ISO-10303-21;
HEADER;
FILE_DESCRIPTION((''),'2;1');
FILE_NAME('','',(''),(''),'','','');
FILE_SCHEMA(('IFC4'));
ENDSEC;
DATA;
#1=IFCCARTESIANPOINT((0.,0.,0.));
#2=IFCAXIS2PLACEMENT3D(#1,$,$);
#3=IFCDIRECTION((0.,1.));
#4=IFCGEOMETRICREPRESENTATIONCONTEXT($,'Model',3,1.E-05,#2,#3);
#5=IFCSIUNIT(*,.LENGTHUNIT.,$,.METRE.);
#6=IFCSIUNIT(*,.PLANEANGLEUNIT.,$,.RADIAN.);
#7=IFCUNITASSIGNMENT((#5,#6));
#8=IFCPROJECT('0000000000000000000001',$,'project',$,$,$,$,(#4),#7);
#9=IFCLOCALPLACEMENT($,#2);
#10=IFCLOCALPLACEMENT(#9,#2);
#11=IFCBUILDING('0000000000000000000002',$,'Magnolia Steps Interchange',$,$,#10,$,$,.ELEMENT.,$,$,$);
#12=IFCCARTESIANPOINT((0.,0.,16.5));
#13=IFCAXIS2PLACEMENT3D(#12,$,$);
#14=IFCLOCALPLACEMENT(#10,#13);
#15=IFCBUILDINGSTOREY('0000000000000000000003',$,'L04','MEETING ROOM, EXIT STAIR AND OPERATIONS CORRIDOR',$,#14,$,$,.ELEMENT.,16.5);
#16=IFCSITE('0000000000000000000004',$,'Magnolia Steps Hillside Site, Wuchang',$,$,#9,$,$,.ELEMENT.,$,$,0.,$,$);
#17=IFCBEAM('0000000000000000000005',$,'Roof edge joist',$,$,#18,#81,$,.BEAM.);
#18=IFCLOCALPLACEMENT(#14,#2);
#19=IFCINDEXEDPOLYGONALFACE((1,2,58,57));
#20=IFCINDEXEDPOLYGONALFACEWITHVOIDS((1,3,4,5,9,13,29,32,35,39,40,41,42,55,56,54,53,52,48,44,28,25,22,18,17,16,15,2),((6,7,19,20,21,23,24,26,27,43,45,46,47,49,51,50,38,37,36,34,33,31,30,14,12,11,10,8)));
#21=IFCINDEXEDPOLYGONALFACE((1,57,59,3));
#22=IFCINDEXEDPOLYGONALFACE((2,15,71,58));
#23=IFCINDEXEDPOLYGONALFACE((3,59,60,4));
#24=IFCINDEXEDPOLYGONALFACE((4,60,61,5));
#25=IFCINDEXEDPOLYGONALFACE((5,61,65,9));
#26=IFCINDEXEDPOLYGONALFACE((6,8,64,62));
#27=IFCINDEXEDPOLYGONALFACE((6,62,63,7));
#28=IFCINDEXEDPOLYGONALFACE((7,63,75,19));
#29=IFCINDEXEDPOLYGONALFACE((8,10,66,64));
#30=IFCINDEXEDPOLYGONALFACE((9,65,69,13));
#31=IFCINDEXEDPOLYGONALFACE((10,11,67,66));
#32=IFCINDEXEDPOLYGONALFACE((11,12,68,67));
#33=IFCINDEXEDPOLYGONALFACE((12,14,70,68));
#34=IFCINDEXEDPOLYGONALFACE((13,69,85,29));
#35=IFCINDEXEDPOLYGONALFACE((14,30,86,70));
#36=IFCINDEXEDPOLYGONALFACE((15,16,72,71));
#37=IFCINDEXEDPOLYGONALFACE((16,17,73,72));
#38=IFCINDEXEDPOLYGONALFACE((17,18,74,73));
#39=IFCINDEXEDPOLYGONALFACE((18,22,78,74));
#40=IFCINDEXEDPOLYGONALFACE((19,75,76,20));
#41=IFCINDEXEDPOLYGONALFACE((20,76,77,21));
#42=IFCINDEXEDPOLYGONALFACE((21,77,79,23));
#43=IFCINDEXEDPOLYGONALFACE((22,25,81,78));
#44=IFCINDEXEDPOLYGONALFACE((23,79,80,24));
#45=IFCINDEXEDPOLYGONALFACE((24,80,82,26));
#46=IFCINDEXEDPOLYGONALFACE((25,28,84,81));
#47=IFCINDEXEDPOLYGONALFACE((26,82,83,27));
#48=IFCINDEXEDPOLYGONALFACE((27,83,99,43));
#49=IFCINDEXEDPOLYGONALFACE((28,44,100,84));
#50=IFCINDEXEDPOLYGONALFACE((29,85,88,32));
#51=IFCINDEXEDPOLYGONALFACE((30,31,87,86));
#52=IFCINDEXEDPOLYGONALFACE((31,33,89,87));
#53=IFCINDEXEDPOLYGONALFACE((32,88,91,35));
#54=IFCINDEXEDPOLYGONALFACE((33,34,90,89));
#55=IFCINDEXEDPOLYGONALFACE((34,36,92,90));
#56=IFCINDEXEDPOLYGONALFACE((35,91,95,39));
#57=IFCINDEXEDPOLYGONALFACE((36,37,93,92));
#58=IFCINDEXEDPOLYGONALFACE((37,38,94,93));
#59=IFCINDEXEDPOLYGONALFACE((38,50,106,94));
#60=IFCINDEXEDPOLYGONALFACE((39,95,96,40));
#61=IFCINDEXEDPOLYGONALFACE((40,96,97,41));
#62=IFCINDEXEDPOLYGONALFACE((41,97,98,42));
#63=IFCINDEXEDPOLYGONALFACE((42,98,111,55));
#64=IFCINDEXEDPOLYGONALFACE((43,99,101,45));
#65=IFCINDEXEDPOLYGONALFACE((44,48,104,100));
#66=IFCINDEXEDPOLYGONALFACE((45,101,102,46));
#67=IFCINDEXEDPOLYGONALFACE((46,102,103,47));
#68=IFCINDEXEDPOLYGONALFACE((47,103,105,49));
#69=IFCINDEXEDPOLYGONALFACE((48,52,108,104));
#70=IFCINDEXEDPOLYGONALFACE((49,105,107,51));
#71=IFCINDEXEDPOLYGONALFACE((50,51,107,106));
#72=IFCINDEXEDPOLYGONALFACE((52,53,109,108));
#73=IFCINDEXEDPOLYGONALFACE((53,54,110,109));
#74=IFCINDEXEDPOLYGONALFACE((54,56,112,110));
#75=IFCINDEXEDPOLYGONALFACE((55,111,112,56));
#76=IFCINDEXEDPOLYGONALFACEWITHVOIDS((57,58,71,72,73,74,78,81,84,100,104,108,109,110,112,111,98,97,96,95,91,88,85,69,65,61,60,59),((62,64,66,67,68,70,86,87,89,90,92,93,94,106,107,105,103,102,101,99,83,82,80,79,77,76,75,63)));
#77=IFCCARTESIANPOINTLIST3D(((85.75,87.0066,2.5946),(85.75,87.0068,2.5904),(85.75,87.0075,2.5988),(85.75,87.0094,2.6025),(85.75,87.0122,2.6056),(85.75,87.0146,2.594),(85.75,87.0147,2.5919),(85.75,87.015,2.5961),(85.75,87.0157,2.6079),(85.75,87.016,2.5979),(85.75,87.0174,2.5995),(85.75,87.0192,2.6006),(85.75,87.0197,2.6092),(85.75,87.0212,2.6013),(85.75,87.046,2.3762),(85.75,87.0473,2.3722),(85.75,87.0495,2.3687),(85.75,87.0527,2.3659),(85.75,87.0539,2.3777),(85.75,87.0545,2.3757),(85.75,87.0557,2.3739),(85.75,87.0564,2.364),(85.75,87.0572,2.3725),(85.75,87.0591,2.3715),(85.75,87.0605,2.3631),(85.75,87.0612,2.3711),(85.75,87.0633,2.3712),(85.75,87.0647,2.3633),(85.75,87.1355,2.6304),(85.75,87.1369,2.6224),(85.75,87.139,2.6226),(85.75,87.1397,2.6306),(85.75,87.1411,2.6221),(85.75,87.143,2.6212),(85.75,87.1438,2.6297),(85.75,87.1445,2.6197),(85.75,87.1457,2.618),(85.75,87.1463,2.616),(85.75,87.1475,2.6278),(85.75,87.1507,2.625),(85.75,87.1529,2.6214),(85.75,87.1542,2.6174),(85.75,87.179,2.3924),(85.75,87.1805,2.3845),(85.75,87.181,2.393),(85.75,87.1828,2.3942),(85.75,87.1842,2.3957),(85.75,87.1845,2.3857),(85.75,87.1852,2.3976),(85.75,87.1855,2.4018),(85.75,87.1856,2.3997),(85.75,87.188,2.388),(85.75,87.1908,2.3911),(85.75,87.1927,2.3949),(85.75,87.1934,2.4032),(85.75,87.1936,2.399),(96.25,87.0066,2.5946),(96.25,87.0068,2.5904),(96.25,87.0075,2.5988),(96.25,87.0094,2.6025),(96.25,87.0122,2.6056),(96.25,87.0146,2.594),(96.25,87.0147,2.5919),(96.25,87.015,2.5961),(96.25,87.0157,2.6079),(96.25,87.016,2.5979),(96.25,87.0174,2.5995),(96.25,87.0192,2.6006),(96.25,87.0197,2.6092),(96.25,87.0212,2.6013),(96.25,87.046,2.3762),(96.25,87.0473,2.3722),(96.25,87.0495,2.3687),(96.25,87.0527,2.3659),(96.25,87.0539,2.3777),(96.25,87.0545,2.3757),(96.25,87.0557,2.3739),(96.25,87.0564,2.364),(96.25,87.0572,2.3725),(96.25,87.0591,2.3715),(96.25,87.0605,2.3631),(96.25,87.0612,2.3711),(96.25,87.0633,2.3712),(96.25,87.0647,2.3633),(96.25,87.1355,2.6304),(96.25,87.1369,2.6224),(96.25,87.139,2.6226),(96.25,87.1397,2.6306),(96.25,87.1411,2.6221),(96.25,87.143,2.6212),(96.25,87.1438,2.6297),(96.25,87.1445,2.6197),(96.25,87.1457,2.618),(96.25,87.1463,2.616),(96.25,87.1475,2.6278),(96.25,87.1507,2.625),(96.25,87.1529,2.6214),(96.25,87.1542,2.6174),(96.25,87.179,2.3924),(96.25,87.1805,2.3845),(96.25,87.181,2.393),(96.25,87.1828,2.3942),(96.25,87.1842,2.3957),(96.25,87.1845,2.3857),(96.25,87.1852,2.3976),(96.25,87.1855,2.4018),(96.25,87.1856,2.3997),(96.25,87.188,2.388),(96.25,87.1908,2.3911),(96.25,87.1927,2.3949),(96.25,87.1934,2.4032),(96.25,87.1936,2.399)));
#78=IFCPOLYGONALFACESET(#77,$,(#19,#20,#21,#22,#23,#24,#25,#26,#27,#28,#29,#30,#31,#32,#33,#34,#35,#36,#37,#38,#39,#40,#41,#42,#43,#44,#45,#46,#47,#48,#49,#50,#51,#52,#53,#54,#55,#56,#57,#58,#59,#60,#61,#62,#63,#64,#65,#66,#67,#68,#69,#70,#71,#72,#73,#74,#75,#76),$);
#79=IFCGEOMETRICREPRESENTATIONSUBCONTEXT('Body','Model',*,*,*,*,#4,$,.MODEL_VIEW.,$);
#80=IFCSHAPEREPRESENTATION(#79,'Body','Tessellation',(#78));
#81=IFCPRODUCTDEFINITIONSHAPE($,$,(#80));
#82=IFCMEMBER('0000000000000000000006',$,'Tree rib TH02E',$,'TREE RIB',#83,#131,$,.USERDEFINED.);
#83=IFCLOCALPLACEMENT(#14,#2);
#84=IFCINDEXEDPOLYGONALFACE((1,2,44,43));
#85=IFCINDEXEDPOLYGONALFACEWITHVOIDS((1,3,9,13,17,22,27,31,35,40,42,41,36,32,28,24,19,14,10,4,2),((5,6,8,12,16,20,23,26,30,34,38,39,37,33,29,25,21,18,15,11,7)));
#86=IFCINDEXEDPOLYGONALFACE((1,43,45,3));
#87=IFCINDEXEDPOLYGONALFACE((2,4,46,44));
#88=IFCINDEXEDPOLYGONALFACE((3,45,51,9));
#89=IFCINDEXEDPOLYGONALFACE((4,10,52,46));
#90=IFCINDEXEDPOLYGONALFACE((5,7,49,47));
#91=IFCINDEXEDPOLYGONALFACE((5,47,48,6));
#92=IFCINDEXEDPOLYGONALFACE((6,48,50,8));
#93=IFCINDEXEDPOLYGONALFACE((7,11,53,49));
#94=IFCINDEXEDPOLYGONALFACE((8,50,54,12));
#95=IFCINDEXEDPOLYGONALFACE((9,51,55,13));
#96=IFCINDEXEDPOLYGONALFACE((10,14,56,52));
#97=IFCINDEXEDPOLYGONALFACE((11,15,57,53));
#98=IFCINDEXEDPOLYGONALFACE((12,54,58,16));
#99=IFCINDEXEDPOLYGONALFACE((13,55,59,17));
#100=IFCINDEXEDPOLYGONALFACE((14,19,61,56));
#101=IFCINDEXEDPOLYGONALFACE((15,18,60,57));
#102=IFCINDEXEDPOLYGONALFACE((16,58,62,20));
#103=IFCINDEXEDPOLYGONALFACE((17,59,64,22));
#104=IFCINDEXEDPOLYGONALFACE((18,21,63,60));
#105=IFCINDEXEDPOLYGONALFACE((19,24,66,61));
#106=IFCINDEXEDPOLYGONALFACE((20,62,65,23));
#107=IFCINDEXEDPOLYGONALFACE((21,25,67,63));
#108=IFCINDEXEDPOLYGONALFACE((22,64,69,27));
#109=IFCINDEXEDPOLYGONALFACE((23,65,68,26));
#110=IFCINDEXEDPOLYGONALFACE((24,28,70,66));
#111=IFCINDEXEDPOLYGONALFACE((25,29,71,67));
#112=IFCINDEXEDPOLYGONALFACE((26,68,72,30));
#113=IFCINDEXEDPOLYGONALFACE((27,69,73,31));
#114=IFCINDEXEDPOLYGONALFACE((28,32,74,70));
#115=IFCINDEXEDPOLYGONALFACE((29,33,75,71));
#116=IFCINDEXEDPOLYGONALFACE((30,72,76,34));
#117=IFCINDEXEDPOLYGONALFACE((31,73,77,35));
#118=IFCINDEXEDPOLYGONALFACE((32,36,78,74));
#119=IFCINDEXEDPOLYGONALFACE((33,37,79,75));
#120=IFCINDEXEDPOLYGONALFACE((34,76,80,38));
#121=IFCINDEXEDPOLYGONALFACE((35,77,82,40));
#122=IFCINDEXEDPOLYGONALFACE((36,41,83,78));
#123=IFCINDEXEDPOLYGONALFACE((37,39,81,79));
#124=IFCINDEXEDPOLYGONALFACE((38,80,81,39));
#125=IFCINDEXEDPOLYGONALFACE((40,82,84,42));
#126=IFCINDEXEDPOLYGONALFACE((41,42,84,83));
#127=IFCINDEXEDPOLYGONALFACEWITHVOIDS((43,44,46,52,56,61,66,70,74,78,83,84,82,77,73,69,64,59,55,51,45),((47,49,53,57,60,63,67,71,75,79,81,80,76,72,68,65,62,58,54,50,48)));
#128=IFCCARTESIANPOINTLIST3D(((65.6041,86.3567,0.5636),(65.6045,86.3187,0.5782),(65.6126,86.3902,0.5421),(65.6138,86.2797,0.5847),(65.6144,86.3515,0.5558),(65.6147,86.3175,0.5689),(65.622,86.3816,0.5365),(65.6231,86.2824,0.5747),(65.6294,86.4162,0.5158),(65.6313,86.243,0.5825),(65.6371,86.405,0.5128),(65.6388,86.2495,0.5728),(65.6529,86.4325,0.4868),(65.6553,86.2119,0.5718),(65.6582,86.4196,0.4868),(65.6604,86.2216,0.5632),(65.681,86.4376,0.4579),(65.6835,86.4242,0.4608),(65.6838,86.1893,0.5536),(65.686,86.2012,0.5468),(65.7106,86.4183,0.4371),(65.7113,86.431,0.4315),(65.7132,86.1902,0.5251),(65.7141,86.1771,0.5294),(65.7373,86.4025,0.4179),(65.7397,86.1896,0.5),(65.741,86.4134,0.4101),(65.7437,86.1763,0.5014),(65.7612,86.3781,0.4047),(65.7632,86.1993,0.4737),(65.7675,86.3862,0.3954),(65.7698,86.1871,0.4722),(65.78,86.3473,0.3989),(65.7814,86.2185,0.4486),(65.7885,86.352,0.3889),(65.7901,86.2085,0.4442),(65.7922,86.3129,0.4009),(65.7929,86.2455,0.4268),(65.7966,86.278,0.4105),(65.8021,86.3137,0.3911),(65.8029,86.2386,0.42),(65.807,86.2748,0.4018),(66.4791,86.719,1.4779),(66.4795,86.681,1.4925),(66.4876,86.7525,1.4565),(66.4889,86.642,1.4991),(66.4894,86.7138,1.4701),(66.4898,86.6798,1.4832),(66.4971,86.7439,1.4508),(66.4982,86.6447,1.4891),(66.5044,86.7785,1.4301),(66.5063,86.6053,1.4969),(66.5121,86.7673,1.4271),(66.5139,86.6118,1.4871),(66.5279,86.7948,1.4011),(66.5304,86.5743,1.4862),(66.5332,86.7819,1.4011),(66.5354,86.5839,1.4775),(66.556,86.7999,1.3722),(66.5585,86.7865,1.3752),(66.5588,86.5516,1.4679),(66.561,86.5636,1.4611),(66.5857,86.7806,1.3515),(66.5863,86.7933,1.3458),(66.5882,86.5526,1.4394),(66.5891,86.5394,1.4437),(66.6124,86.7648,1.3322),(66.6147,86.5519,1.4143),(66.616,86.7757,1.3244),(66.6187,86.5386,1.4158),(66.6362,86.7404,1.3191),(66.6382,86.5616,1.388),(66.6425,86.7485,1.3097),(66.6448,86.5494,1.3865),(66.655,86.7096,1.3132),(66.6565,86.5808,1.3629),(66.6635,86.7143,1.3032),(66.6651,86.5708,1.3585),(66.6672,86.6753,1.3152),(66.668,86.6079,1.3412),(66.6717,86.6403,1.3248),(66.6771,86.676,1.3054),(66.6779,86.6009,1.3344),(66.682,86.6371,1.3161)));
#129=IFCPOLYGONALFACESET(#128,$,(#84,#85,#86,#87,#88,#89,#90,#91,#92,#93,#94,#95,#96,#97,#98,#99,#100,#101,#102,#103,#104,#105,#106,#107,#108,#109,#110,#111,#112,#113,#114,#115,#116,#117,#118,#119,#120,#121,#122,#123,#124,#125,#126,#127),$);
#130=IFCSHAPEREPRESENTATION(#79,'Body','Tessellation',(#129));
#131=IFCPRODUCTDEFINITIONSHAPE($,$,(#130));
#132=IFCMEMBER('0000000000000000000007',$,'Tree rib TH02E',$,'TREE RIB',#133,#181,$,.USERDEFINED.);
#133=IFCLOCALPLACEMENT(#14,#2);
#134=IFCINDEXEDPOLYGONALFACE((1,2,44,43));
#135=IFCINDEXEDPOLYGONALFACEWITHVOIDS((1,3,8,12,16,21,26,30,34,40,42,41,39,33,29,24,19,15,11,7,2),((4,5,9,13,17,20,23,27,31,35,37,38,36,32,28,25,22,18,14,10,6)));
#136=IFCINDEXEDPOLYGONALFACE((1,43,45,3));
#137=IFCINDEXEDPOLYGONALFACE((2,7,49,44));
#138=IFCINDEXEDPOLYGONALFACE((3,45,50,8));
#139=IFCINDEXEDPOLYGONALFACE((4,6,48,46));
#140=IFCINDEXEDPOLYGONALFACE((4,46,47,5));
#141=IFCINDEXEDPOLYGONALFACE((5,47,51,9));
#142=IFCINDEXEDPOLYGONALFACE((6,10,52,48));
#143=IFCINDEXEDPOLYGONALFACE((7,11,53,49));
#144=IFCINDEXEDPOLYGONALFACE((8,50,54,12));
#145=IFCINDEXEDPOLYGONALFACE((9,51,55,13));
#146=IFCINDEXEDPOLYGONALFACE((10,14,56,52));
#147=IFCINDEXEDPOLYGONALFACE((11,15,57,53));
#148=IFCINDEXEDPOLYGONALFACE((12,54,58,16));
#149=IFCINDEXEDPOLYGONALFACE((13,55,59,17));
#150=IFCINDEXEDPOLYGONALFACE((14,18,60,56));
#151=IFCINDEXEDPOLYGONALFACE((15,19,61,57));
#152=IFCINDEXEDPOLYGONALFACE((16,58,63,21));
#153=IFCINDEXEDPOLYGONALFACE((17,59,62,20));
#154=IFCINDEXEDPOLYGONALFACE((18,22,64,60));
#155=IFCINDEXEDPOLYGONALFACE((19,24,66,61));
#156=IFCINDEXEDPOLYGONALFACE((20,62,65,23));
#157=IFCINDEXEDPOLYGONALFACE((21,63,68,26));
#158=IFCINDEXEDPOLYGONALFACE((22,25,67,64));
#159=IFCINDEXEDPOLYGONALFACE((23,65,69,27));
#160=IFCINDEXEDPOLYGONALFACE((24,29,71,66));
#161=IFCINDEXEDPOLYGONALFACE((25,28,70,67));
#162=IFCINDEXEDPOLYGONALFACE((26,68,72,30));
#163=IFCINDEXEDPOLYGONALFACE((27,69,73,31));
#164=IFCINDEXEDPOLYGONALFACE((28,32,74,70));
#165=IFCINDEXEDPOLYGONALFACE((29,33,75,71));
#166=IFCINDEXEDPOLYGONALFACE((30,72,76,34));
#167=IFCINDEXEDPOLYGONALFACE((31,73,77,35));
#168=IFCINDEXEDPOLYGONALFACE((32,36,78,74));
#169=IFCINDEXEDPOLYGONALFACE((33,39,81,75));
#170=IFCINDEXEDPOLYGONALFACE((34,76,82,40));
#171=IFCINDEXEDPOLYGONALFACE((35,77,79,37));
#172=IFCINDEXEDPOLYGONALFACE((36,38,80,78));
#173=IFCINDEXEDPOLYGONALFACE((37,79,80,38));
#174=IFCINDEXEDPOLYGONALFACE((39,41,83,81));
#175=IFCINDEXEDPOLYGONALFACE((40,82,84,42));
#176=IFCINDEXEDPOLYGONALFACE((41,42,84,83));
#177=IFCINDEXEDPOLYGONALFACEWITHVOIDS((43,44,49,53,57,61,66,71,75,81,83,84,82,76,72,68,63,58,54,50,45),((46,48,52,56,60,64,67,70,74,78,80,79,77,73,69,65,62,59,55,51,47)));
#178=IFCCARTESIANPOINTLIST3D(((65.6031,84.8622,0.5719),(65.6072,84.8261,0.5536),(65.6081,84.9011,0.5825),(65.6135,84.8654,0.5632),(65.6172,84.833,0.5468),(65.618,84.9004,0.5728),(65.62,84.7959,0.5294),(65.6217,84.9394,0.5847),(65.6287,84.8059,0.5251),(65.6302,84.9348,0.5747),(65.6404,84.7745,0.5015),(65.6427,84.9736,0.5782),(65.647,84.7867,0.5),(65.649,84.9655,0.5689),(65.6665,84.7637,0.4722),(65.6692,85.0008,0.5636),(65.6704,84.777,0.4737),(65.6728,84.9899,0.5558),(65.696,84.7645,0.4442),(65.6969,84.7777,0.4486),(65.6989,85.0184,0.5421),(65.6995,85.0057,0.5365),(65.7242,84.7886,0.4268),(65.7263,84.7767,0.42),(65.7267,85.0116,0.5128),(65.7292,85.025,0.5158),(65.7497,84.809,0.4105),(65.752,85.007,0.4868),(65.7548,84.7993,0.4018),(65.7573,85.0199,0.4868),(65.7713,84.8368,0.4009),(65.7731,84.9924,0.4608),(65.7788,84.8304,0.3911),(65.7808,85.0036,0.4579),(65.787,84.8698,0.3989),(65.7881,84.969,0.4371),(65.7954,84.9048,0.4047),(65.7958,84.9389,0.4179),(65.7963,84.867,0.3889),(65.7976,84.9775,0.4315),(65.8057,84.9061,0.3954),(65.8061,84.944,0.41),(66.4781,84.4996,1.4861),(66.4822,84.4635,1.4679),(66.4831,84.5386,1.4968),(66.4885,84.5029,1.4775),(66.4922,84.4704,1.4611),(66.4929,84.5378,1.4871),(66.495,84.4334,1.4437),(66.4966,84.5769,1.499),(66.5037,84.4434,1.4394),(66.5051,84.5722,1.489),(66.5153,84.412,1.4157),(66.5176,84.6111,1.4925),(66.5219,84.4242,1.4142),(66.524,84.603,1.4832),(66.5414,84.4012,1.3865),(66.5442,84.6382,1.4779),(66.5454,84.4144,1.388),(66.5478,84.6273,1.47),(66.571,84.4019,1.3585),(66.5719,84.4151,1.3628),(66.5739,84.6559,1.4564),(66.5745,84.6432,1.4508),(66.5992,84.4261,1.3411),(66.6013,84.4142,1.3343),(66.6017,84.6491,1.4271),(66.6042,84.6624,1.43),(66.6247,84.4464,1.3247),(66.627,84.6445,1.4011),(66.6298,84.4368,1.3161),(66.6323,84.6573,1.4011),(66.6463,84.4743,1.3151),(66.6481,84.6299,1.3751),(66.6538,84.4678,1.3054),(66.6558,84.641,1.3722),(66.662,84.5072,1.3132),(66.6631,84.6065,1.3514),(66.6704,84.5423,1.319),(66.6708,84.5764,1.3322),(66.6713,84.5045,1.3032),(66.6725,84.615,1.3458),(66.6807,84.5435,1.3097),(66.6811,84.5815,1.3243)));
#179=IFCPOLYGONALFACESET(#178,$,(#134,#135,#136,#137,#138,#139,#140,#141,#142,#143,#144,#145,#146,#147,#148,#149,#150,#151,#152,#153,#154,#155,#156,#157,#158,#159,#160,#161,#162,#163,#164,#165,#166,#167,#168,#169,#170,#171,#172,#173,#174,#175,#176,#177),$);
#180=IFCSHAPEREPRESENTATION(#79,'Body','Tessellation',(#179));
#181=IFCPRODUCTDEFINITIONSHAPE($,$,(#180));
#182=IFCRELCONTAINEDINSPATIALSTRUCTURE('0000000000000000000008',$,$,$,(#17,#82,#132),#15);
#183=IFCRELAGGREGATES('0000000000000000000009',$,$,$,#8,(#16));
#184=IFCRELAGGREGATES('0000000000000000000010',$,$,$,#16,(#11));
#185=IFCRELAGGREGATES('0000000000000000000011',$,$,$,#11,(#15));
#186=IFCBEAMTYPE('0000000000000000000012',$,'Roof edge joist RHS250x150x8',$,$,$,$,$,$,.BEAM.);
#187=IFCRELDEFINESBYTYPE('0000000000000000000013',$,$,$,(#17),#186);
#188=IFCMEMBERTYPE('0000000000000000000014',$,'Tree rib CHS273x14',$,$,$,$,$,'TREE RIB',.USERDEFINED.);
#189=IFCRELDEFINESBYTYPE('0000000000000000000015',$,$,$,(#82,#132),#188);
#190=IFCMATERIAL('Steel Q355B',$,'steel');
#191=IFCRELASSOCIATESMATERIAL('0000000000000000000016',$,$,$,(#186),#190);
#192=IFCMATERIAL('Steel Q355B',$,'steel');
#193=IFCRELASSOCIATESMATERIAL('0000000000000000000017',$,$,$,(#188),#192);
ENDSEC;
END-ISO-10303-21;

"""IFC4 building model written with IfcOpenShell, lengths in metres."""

from ifc_helpers import new_model, si_unit, direction, frame, origin, origin_2d, place, context, subcontext, project, spatial, hollow_rectangle, hollow_circle, extrude, material, material_profile, profile_set, type_object, element, save


model = new_model("IFC4")

# Units and contexts
model_context = context("Model", 3, precision=1e-05, world=origin(), true_north=direction((0.0, 1.0)))
body_context = subcontext(model_context, "Body", "Model", "MODEL_VIEW")
ifc_project = project(units=[si_unit("LENGTHUNIT", "METRE"), si_unit("PLANEANGLEUNIT", "RADIAN")], contexts=[model_context])

# Site, building, storey
site_placement = place(None, origin())
site = spatial("IfcSite", under=ifc_project, at=site_placement, Name="Magnolia Steps Hillside Site, Wuchang", CompositionType="ELEMENT", RefElevation=0.0)
building_placement = place(site_placement, origin())
building = spatial("IfcBuilding", under=site, at=building_placement, Name="Magnolia Steps Interchange", CompositionType="ELEMENT")
storey_placement = place(building_placement, frame((0.0, 0.0, 16.5)))
storey = spatial("IfcBuildingStorey", under=building, at=storey_placement, Name="L04", Description="MEETING ROOM, EXIT STAIR AND OPERATIONS CORRIDOR", CompositionType="ELEMENT", Elevation=16.5)

# Beam
ifc_material_1 = material(Name="Steel Q355B", Category="steel")
ifc_material_profile_1 = material_profile(ifc_material_1, hollow_rectangle(XDim=0.1499, YDim=0.25, WallThickness=0.0081, InnerFilletRadius=0.0081, OuterFilletRadius=0.0161, at=origin_2d()), Name="RHS250x150x8")
ifc_profile_set_1 = profile_set([ifc_material_profile_1], Name="Steel Q355B")
beam_type_1 = type_object("IfcBeamType", Name="Roof edge joist RHS250x150x8", PredefinedType="BEAM", material=ifc_profile_set_1)
for number, where, z_axis, x_axis, name in (
    (1, (85.75, 87.1001, 2.4968), (1.0, 0.0, 0.0), (0.0, 0.983677, 0.179941), "Roof edge joist"),
):
    element("IfcBeam", number, at=place(storey_placement, frame(where, z_axis=z_axis, x_axis=x_axis)), inside=storey, type_object=beam_type_1, Name=name, PredefinedType="BEAM", context=body_context, shape_type="SweptSolid", body=[
        extrude(hollow_rectangle(XDim=0.1499, YDim=0.25, WallThickness=0.0081, InnerFilletRadius=0.0081, OuterFilletRadius=0.0161, at=origin_2d()), origin(), (0.0, 0.0, 1.0), 10.5),
    ])

# Members
ifc_material_2 = material(Name="Steel Q355B", Category="steel")
ifc_material_profile_2 = material_profile(ifc_material_2, hollow_circle(Radius=0.1365, WallThickness=0.0139, at=origin_2d()), Name="CHS273x14")
ifc_profile_set_2 = profile_set([ifc_material_profile_2], Name="Steel Q355B")
member_type = type_object("IfcMemberType", Name="Tree rib CHS273x14", ElementType="TREE RIB", PredefinedType="USERDEFINED", material=ifc_profile_set_2)
for number, where, z_axis, x_axis, name in (
    (2, (65.7051, 86.3064, 0.4868), (0.664704, 0.275229, 0.694563), (-0.382564, 0.923929, 0.0), "Tree rib TH02E"),
    (3, (65.7051, 84.8938, 0.4868), (0.66467, -0.2754, 0.694528), (0.382784, 0.923838, 0.0), "Tree rib TH02E"),
):
    element("IfcMember", number, at=place(storey_placement, frame(where, z_axis=z_axis, x_axis=x_axis)), inside=storey, type_object=member_type, Name=name, ObjectType="TREE RIB", PredefinedType="USERDEFINED", context=body_context, shape_type="SweptSolid", body=[
        extrude(hollow_circle(Radius=0.1365, WallThickness=0.0139, at=origin_2d()), origin(), (0.0, 0.0, 1.0), 1.3164),
    ])

save(model, "model.ifc")
